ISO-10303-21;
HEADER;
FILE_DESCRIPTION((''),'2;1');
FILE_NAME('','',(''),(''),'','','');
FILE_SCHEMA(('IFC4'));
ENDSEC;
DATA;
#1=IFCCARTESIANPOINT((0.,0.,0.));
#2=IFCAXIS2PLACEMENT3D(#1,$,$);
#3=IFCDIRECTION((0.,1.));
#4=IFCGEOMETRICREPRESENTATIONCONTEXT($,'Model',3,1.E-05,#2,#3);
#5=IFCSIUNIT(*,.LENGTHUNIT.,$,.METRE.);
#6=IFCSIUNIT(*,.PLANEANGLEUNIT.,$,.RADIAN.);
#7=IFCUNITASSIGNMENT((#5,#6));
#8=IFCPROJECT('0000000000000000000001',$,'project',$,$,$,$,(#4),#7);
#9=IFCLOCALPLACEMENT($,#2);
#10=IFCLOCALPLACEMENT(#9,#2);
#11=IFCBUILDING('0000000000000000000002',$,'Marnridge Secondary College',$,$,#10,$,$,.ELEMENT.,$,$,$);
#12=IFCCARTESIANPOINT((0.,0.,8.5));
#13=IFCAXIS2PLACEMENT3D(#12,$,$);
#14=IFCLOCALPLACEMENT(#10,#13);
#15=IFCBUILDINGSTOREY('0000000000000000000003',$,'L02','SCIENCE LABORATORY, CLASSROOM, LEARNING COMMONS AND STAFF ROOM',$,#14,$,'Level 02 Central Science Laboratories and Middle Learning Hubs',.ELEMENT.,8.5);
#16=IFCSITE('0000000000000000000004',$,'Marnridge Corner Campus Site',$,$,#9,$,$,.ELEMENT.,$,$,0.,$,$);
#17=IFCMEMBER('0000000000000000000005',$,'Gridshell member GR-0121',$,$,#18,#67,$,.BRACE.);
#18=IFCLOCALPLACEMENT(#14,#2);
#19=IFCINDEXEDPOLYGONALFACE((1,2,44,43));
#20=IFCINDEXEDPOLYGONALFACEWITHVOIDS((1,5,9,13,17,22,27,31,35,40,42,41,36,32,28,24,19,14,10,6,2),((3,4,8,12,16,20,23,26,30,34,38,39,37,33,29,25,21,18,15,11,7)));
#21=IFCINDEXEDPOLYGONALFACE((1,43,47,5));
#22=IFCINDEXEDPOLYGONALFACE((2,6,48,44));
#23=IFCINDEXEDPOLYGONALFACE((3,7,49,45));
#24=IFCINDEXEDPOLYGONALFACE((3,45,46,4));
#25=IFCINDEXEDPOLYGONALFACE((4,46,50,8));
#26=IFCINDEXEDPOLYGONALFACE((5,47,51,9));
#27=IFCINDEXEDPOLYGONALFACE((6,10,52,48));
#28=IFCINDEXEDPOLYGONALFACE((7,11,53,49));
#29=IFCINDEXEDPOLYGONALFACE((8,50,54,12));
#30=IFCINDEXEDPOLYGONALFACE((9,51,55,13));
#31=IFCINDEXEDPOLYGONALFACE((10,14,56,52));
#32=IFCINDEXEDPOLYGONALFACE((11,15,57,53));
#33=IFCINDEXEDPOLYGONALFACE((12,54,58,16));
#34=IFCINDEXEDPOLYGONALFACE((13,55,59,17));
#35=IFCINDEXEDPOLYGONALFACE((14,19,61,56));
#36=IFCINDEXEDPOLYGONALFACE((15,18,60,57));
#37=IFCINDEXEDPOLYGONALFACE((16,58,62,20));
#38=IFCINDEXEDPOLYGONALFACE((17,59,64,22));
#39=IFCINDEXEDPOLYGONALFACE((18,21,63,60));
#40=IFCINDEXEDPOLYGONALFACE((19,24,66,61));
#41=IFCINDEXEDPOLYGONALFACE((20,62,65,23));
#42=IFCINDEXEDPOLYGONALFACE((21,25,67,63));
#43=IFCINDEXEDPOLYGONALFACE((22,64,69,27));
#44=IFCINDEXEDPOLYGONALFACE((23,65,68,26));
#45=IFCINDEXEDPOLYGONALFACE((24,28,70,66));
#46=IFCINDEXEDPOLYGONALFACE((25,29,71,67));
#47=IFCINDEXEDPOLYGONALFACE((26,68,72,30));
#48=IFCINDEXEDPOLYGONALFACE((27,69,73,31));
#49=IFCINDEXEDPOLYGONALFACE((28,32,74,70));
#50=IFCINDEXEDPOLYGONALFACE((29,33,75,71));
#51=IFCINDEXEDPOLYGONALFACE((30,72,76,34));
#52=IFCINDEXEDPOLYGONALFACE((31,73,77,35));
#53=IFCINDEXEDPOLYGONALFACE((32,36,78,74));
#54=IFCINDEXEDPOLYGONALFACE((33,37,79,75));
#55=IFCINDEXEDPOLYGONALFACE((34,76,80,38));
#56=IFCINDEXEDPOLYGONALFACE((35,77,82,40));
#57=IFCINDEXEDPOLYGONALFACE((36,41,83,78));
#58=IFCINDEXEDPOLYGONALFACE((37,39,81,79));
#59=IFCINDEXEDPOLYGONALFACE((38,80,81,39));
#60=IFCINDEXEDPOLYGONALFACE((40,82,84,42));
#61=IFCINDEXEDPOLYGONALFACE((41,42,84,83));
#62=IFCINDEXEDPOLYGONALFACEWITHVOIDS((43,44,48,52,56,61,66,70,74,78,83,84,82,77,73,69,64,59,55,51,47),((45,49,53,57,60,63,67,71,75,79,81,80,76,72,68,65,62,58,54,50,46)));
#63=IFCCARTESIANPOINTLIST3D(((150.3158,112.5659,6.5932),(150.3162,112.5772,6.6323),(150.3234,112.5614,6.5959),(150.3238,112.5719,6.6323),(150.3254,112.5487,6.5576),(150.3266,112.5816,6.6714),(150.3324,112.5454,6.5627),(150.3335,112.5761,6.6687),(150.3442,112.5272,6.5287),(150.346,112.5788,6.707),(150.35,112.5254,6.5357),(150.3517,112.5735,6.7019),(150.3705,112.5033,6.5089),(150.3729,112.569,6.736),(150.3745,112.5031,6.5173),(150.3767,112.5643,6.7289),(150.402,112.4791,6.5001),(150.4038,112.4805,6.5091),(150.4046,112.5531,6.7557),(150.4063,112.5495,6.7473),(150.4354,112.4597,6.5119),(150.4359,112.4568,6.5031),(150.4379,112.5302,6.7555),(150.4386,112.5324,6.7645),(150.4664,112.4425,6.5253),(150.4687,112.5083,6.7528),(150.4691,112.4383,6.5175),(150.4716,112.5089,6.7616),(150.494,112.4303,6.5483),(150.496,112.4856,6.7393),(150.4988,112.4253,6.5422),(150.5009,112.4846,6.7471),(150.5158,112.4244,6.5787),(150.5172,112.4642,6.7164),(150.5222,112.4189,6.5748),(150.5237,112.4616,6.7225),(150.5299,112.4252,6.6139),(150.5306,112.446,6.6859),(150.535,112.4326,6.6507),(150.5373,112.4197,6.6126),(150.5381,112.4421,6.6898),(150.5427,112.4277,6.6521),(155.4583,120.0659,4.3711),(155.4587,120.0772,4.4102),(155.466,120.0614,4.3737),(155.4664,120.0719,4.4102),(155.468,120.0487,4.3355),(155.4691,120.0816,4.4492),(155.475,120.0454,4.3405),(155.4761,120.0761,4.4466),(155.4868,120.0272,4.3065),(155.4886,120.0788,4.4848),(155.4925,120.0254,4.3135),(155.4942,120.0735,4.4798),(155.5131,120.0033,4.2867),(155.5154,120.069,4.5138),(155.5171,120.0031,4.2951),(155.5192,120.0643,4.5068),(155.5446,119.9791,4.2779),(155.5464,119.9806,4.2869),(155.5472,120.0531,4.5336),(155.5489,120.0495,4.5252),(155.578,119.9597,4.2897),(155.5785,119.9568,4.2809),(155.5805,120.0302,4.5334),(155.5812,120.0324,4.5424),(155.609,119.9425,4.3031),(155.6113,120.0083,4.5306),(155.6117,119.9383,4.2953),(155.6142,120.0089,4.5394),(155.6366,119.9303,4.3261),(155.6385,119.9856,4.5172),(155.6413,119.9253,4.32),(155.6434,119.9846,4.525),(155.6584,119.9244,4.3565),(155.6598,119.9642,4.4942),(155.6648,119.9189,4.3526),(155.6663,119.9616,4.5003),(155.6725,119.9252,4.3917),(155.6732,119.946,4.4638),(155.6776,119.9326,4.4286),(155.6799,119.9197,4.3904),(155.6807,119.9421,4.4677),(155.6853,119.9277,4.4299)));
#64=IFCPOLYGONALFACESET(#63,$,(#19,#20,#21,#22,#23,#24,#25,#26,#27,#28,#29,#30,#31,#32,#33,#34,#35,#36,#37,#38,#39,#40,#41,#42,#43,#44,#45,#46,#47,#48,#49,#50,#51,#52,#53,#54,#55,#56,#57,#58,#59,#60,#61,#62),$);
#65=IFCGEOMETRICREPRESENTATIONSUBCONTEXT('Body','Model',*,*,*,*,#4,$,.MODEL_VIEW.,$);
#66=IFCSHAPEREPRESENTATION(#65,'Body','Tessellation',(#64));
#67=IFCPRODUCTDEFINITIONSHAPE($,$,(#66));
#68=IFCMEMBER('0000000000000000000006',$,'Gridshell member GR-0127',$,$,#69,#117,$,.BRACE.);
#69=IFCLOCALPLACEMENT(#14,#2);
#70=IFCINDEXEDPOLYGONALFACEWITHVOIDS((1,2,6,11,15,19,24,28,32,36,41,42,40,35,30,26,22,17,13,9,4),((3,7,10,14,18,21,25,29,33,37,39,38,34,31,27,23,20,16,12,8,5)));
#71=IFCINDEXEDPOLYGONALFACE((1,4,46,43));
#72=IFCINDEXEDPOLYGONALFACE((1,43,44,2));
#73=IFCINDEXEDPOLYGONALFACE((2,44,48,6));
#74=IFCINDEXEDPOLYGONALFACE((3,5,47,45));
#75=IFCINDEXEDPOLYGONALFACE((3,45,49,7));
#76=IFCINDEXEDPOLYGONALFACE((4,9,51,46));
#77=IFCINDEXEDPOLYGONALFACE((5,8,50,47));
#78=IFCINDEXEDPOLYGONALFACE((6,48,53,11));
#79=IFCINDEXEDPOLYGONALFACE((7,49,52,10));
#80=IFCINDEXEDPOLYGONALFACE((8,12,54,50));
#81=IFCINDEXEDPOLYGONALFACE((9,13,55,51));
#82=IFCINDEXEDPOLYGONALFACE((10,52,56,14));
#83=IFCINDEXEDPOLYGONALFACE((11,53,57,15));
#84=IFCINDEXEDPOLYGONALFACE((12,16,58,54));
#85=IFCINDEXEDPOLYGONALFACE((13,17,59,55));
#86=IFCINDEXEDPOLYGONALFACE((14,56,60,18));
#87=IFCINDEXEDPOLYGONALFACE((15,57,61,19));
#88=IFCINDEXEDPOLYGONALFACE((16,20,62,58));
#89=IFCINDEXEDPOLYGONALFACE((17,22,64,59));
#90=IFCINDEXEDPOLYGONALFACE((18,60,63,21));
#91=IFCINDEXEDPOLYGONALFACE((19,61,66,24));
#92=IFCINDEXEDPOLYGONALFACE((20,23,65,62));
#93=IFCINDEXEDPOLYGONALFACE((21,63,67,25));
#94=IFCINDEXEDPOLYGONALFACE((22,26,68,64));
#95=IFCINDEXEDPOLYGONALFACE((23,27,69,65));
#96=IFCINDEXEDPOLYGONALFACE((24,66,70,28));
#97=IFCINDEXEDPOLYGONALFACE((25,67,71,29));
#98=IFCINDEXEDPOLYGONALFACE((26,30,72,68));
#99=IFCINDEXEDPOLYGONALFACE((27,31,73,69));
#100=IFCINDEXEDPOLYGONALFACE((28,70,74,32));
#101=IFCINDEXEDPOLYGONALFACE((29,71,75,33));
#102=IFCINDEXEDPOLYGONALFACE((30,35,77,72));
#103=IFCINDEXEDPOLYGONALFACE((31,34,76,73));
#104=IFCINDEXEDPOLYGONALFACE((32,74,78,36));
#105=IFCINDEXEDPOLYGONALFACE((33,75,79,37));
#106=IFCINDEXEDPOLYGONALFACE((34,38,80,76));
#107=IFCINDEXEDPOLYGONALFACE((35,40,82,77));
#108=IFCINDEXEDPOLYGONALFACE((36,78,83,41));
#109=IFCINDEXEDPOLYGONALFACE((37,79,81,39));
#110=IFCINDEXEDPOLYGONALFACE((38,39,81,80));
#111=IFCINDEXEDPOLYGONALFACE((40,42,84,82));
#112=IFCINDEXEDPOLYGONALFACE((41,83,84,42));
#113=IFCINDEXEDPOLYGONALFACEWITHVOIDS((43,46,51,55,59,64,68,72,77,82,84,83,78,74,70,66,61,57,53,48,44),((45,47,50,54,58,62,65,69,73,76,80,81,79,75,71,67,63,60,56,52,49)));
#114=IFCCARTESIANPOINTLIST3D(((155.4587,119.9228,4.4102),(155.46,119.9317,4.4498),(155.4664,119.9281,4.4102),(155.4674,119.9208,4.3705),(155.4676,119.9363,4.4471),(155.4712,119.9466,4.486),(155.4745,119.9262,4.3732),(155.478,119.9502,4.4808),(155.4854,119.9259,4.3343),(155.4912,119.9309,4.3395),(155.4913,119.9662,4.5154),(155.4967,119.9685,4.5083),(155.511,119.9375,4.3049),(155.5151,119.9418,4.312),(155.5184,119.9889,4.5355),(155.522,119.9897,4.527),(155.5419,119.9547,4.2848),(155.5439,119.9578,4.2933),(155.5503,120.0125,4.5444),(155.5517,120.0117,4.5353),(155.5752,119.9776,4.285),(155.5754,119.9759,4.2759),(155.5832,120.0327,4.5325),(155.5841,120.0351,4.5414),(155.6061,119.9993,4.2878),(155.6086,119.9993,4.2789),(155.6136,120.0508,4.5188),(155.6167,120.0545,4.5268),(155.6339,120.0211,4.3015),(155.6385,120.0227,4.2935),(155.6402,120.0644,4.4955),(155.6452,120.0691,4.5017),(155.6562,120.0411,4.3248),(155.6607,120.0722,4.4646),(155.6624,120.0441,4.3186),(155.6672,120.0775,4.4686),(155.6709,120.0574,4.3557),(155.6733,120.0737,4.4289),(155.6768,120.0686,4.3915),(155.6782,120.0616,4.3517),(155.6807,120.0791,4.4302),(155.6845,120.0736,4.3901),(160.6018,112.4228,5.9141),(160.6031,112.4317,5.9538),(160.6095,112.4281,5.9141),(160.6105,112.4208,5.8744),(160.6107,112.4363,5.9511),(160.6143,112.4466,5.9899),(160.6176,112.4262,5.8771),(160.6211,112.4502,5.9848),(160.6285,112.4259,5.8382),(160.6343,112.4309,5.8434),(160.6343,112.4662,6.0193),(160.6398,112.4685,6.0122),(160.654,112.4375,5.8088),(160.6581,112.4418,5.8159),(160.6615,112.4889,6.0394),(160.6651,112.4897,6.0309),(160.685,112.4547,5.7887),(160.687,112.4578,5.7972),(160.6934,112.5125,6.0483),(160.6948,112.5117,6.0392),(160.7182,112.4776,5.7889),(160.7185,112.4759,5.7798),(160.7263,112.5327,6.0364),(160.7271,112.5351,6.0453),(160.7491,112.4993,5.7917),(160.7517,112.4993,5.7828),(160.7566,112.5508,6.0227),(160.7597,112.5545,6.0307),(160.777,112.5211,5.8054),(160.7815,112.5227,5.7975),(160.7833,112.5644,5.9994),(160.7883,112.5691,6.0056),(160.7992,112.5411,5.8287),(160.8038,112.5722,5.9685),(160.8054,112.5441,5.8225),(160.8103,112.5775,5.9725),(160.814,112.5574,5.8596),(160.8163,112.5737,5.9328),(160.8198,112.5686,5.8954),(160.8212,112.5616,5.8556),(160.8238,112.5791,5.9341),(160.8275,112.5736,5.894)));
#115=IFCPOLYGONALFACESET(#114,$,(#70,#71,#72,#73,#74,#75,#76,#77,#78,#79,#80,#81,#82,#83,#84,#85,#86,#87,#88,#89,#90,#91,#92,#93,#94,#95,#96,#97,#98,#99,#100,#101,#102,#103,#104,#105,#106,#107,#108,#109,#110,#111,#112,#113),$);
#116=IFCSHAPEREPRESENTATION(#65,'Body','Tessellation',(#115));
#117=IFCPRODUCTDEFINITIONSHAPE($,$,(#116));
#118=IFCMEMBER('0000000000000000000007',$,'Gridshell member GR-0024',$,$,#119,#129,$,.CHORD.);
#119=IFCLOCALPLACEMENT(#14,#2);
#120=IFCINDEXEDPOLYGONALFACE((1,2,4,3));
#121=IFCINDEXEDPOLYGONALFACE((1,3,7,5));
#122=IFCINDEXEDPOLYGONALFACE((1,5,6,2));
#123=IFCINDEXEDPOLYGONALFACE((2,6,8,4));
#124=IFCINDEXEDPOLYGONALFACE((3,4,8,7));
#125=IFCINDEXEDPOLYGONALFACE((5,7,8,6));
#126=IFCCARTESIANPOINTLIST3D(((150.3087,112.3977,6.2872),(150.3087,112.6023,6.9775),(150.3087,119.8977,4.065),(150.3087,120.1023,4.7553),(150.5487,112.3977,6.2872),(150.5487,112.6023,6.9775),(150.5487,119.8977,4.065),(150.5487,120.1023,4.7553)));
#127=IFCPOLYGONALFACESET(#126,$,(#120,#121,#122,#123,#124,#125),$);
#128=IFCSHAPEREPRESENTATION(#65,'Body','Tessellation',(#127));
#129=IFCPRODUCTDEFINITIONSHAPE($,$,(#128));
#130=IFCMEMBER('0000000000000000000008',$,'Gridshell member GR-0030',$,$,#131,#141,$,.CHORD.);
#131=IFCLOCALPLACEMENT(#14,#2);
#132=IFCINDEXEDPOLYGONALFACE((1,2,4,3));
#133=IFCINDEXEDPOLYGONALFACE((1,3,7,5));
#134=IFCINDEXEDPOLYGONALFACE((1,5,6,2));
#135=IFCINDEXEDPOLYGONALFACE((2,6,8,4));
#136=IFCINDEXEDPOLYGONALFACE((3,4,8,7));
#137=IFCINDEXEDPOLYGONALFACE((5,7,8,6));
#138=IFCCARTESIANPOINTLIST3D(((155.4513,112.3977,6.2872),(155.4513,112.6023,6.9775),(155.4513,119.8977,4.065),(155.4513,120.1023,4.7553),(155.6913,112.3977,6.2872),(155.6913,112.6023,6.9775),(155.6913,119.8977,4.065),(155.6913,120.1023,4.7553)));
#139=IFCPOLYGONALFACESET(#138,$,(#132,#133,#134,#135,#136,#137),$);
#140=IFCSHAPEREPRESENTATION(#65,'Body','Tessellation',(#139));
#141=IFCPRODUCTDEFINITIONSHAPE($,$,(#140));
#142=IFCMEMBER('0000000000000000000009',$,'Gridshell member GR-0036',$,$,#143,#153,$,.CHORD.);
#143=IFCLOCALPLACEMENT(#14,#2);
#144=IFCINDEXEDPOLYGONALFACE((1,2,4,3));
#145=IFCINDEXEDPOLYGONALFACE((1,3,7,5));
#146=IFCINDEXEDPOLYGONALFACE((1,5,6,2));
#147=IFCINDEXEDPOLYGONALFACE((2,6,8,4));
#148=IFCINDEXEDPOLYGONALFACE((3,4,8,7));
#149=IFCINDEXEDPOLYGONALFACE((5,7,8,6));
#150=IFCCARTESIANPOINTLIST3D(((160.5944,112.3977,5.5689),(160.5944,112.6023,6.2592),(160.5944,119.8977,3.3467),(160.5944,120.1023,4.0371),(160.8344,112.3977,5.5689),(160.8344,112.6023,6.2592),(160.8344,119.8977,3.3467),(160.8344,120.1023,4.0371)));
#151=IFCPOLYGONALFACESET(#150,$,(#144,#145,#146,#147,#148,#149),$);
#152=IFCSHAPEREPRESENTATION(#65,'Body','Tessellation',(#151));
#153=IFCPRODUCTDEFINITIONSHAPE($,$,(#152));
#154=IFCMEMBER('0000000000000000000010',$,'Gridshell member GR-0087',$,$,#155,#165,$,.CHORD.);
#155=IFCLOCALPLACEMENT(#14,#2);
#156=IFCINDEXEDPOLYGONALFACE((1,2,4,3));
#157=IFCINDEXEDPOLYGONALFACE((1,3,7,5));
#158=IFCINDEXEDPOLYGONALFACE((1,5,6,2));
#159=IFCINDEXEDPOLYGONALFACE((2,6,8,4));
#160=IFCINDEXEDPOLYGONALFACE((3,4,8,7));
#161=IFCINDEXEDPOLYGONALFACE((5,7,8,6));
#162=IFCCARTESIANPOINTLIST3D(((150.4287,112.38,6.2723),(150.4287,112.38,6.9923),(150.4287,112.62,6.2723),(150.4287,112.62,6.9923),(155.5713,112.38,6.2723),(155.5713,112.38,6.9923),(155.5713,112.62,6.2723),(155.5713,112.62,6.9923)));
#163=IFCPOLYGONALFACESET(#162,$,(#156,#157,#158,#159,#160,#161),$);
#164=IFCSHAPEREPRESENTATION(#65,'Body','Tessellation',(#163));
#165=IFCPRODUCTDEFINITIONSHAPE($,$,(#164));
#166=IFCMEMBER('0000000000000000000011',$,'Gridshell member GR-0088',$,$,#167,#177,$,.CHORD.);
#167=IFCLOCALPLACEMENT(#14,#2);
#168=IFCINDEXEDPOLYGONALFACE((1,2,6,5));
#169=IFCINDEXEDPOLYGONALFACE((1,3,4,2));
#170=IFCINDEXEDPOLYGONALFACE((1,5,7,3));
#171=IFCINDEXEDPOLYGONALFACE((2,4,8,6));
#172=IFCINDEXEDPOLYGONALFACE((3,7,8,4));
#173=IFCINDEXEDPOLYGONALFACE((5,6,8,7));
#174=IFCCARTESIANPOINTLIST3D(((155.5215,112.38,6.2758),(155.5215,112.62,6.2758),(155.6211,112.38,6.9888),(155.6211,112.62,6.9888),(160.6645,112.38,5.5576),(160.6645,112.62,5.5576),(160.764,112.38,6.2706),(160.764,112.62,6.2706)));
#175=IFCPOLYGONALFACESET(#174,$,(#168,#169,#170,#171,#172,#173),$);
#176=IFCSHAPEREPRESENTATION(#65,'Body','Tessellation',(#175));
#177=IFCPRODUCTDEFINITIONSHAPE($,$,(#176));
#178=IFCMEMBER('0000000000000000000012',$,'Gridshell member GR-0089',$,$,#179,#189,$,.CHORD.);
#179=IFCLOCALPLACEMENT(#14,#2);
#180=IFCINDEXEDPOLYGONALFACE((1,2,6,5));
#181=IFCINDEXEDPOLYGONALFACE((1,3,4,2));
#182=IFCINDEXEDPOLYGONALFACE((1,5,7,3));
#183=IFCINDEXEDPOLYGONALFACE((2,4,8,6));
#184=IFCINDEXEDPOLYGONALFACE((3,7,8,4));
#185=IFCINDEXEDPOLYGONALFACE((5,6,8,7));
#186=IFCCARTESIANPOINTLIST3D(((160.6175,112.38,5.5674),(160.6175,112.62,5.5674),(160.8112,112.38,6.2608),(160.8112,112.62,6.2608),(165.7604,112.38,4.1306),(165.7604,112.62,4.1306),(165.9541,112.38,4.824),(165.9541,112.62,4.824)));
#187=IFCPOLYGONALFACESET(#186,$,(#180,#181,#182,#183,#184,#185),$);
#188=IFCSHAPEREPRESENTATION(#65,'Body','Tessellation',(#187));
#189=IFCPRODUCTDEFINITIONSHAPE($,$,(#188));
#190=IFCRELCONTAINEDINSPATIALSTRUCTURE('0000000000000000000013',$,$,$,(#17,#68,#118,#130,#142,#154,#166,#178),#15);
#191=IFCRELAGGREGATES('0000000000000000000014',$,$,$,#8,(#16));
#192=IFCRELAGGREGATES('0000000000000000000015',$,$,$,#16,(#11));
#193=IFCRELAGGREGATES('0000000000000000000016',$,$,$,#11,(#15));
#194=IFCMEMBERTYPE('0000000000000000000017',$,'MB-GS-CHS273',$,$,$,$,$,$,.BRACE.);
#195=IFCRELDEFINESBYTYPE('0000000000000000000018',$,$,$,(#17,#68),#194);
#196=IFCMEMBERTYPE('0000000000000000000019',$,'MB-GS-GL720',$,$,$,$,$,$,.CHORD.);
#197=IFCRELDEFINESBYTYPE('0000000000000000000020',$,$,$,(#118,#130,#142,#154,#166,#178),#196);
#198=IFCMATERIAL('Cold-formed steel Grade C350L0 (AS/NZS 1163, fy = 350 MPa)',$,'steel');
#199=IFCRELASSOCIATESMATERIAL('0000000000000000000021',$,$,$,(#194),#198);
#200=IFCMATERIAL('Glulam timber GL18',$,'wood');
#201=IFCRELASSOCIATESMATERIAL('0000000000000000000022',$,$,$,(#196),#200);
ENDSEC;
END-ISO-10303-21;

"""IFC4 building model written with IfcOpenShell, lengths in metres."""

from ifc_helpers import new_model, si_unit, direction, frame, origin, origin_2d, place, context, subcontext, project, spatial, rectangle, hollow_circle, extrude, material, material_profile, profile_set, type_object, element, save


model = new_model("IFC4")

# Units and contexts
model_context = context("Model", 3, precision=1e-05, world=origin(), true_north=direction((0.0, 1.0)))
body_context = subcontext(model_context, "Body", "Model", "MODEL_VIEW")
ifc_project = project(units=[si_unit("LENGTHUNIT", "METRE"), si_unit("PLANEANGLEUNIT", "RADIAN")], contexts=[model_context])

# Site, building, storey
site_placement = place(None, origin())
site = spatial("IfcSite", under=ifc_project, at=site_placement, Name="Marnridge Corner Campus Site", CompositionType="ELEMENT", RefElevation=0.0)
building_placement = place(site_placement, origin())
building = spatial("IfcBuilding", under=site, at=building_placement, Name="Marnridge Secondary College", CompositionType="ELEMENT")
storey_placement = place(building_placement, frame((0.0, 0.0, 8.5)))
storey = spatial("IfcBuildingStorey", under=building, at=storey_placement, Name="L02", Description="SCIENCE LABORATORY, CLASSROOM, LEARNING COMMONS AND STAFF ROOM", LongName="Level 02 Central Science Laboratories and Middle Learning Hubs", CompositionType="ELEMENT", Elevation=8.5)

# Members
ifc_material_1 = material(Name="Cold-formed steel Grade C350L0 (AS/NZS 1163, fy = 350 MPa)", Category="steel")
ifc_material_profile_1 = material_profile(ifc_material_1, hollow_circle(Radius=0.1365, WallThickness=0.0093, at=origin_2d()), Name="273.1x9.3CHS")
ifc_profile_set_1 = profile_set([ifc_material_profile_1], Name="Cold-formed steel Grade C350L0 (AS/NZS 1163, fy = 350 MPa)")
member_type_1 = type_object("IfcMemberType", Name="MB-GS-CHS273", PredefinedType="BRACE", material=ifc_profile_set_1)
member_1_placement = place(storey_placement, frame((150.4287, 112.5, 6.6323), z_axis=(0.549344, 0.80117, -0.237378), x_axis=(-0.824743, 0.565507, 0.0)))
element("IfcMember", 1, at=member_1_placement, inside=storey, type_object=member_type_1, Name="Gridshell member GR-0121", PredefinedType="BRACE", context=body_context, shape_type="SweptSolid", body=[
    extrude(hollow_circle(Radius=0.1365, WallThickness=0.0093, at=origin_2d()), origin(), (0.0, 0.0, 1.0), 9.3613),
])
member_2_placement = place(storey_placement, frame((160.7144, 112.5, 5.9141), z_axis=(-0.557966, 0.813667, -0.163157), x_axis=(-0.824718, -0.565544, 0.0)))
element("IfcMember", 2, at=member_2_placement, inside=storey, type_object=member_type_1, Name="Gridshell member GR-0127", PredefinedType="BRACE", context=body_context, shape_type="SweptSolid", body=[
    extrude(hollow_circle(Radius=0.1365, WallThickness=0.0093, at=origin_2d()), origin(), (0.0, 0.0, 1.0), 9.2175),
])
ifc_material_2 = material(Name="Glulam timber GL18", Category="wood")
ifc_material_profile_2 = material_profile(ifc_material_2, rectangle(XDim=0.24, YDim=0.72, at=origin_2d()), Name="GL18 240x720")
ifc_profile_set_2 = profile_set([ifc_material_profile_2], Name="Glulam timber GL18")
member_type_2 = type_object("IfcMemberType", Name="MB-GS-GL720", PredefinedType="CHORD", material=ifc_profile_set_2)
for number, where, z_axis, x_axis, name in (
    (3, (150.4287, 112.5, 6.6323), (0.0, 0.9588, -0.284082), (-1.0, 0.0, 0.0), "Gridshell member GR-0024"),
    (4, (155.5713, 112.5, 6.6323), (0.0, 0.9588, -0.284082), (-1.0, 0.0, 0.0), "Gridshell member GR-0030"),
    (5, (160.7144, 112.5, 5.9141), (0.0, 0.9588, -0.284082), (-1.0, 0.0, 0.0), "Gridshell member GR-0036"),
):
    element("IfcMember", number, at=place(storey_placement, frame(where, z_axis=z_axis, x_axis=x_axis)), inside=storey, type_object=member_type_2, Name=name, PredefinedType="CHORD", context=body_context, shape_type="SweptSolid", body=[
        extrude(rectangle(XDim=0.24, YDim=0.72, at=origin_2d()), origin(), (0.0, 0.0, 1.0), 7.8223),
    ])
member_3_placement = place(storey_placement, frame((150.4287, 112.5, 6.6323), z_axis=(1.0, 0.0, 0.0), x_axis=(0.0, 1.0, 0.0)))
element("IfcMember", 6, at=member_3_placement, inside=storey, type_object=member_type_2, Name="Gridshell member GR-0087", PredefinedType="CHORD", context=body_context, shape_type="SweptSolid", body=[
    extrude(rectangle(XDim=0.24, YDim=0.72, at=origin_2d()), origin(), (0.0, 0.0, 1.0), 5.1426),
])
member_4_placement = place(storey_placement, frame((155.5713, 112.5, 6.6323), z_axis=(0.990388, 0.0, -0.138314), x_axis=(0.0, 1.0, 0.0)))
element("IfcMember", 7, at=member_4_placement, inside=storey, type_object=member_type_2, Name="Gridshell member GR-0088", PredefinedType="CHORD", context=body_context, shape_type="SweptSolid", body=[
    extrude(rectangle(XDim=0.24, YDim=0.72, at=origin_2d()), origin(), (0.0, 0.0, 1.0), 5.1929),
])
member_5_placement = place(storey_placement, frame((160.7144, 112.5, 5.9141), z_axis=(0.963121, 0.0, -0.26907), x_axis=(0.0, 1.0, 0.0)))
element("IfcMember", 8, at=member_5_placement, inside=storey, type_object=member_type_2, Name="Gridshell member GR-0089", PredefinedType="CHORD", context=body_context, shape_type="SweptSolid", body=[
    extrude(rectangle(XDim=0.24, YDim=0.72, at=origin_2d()), origin(), (0.0, 0.0, 1.0), 5.3398),
])

save(model, "model.ifc")
